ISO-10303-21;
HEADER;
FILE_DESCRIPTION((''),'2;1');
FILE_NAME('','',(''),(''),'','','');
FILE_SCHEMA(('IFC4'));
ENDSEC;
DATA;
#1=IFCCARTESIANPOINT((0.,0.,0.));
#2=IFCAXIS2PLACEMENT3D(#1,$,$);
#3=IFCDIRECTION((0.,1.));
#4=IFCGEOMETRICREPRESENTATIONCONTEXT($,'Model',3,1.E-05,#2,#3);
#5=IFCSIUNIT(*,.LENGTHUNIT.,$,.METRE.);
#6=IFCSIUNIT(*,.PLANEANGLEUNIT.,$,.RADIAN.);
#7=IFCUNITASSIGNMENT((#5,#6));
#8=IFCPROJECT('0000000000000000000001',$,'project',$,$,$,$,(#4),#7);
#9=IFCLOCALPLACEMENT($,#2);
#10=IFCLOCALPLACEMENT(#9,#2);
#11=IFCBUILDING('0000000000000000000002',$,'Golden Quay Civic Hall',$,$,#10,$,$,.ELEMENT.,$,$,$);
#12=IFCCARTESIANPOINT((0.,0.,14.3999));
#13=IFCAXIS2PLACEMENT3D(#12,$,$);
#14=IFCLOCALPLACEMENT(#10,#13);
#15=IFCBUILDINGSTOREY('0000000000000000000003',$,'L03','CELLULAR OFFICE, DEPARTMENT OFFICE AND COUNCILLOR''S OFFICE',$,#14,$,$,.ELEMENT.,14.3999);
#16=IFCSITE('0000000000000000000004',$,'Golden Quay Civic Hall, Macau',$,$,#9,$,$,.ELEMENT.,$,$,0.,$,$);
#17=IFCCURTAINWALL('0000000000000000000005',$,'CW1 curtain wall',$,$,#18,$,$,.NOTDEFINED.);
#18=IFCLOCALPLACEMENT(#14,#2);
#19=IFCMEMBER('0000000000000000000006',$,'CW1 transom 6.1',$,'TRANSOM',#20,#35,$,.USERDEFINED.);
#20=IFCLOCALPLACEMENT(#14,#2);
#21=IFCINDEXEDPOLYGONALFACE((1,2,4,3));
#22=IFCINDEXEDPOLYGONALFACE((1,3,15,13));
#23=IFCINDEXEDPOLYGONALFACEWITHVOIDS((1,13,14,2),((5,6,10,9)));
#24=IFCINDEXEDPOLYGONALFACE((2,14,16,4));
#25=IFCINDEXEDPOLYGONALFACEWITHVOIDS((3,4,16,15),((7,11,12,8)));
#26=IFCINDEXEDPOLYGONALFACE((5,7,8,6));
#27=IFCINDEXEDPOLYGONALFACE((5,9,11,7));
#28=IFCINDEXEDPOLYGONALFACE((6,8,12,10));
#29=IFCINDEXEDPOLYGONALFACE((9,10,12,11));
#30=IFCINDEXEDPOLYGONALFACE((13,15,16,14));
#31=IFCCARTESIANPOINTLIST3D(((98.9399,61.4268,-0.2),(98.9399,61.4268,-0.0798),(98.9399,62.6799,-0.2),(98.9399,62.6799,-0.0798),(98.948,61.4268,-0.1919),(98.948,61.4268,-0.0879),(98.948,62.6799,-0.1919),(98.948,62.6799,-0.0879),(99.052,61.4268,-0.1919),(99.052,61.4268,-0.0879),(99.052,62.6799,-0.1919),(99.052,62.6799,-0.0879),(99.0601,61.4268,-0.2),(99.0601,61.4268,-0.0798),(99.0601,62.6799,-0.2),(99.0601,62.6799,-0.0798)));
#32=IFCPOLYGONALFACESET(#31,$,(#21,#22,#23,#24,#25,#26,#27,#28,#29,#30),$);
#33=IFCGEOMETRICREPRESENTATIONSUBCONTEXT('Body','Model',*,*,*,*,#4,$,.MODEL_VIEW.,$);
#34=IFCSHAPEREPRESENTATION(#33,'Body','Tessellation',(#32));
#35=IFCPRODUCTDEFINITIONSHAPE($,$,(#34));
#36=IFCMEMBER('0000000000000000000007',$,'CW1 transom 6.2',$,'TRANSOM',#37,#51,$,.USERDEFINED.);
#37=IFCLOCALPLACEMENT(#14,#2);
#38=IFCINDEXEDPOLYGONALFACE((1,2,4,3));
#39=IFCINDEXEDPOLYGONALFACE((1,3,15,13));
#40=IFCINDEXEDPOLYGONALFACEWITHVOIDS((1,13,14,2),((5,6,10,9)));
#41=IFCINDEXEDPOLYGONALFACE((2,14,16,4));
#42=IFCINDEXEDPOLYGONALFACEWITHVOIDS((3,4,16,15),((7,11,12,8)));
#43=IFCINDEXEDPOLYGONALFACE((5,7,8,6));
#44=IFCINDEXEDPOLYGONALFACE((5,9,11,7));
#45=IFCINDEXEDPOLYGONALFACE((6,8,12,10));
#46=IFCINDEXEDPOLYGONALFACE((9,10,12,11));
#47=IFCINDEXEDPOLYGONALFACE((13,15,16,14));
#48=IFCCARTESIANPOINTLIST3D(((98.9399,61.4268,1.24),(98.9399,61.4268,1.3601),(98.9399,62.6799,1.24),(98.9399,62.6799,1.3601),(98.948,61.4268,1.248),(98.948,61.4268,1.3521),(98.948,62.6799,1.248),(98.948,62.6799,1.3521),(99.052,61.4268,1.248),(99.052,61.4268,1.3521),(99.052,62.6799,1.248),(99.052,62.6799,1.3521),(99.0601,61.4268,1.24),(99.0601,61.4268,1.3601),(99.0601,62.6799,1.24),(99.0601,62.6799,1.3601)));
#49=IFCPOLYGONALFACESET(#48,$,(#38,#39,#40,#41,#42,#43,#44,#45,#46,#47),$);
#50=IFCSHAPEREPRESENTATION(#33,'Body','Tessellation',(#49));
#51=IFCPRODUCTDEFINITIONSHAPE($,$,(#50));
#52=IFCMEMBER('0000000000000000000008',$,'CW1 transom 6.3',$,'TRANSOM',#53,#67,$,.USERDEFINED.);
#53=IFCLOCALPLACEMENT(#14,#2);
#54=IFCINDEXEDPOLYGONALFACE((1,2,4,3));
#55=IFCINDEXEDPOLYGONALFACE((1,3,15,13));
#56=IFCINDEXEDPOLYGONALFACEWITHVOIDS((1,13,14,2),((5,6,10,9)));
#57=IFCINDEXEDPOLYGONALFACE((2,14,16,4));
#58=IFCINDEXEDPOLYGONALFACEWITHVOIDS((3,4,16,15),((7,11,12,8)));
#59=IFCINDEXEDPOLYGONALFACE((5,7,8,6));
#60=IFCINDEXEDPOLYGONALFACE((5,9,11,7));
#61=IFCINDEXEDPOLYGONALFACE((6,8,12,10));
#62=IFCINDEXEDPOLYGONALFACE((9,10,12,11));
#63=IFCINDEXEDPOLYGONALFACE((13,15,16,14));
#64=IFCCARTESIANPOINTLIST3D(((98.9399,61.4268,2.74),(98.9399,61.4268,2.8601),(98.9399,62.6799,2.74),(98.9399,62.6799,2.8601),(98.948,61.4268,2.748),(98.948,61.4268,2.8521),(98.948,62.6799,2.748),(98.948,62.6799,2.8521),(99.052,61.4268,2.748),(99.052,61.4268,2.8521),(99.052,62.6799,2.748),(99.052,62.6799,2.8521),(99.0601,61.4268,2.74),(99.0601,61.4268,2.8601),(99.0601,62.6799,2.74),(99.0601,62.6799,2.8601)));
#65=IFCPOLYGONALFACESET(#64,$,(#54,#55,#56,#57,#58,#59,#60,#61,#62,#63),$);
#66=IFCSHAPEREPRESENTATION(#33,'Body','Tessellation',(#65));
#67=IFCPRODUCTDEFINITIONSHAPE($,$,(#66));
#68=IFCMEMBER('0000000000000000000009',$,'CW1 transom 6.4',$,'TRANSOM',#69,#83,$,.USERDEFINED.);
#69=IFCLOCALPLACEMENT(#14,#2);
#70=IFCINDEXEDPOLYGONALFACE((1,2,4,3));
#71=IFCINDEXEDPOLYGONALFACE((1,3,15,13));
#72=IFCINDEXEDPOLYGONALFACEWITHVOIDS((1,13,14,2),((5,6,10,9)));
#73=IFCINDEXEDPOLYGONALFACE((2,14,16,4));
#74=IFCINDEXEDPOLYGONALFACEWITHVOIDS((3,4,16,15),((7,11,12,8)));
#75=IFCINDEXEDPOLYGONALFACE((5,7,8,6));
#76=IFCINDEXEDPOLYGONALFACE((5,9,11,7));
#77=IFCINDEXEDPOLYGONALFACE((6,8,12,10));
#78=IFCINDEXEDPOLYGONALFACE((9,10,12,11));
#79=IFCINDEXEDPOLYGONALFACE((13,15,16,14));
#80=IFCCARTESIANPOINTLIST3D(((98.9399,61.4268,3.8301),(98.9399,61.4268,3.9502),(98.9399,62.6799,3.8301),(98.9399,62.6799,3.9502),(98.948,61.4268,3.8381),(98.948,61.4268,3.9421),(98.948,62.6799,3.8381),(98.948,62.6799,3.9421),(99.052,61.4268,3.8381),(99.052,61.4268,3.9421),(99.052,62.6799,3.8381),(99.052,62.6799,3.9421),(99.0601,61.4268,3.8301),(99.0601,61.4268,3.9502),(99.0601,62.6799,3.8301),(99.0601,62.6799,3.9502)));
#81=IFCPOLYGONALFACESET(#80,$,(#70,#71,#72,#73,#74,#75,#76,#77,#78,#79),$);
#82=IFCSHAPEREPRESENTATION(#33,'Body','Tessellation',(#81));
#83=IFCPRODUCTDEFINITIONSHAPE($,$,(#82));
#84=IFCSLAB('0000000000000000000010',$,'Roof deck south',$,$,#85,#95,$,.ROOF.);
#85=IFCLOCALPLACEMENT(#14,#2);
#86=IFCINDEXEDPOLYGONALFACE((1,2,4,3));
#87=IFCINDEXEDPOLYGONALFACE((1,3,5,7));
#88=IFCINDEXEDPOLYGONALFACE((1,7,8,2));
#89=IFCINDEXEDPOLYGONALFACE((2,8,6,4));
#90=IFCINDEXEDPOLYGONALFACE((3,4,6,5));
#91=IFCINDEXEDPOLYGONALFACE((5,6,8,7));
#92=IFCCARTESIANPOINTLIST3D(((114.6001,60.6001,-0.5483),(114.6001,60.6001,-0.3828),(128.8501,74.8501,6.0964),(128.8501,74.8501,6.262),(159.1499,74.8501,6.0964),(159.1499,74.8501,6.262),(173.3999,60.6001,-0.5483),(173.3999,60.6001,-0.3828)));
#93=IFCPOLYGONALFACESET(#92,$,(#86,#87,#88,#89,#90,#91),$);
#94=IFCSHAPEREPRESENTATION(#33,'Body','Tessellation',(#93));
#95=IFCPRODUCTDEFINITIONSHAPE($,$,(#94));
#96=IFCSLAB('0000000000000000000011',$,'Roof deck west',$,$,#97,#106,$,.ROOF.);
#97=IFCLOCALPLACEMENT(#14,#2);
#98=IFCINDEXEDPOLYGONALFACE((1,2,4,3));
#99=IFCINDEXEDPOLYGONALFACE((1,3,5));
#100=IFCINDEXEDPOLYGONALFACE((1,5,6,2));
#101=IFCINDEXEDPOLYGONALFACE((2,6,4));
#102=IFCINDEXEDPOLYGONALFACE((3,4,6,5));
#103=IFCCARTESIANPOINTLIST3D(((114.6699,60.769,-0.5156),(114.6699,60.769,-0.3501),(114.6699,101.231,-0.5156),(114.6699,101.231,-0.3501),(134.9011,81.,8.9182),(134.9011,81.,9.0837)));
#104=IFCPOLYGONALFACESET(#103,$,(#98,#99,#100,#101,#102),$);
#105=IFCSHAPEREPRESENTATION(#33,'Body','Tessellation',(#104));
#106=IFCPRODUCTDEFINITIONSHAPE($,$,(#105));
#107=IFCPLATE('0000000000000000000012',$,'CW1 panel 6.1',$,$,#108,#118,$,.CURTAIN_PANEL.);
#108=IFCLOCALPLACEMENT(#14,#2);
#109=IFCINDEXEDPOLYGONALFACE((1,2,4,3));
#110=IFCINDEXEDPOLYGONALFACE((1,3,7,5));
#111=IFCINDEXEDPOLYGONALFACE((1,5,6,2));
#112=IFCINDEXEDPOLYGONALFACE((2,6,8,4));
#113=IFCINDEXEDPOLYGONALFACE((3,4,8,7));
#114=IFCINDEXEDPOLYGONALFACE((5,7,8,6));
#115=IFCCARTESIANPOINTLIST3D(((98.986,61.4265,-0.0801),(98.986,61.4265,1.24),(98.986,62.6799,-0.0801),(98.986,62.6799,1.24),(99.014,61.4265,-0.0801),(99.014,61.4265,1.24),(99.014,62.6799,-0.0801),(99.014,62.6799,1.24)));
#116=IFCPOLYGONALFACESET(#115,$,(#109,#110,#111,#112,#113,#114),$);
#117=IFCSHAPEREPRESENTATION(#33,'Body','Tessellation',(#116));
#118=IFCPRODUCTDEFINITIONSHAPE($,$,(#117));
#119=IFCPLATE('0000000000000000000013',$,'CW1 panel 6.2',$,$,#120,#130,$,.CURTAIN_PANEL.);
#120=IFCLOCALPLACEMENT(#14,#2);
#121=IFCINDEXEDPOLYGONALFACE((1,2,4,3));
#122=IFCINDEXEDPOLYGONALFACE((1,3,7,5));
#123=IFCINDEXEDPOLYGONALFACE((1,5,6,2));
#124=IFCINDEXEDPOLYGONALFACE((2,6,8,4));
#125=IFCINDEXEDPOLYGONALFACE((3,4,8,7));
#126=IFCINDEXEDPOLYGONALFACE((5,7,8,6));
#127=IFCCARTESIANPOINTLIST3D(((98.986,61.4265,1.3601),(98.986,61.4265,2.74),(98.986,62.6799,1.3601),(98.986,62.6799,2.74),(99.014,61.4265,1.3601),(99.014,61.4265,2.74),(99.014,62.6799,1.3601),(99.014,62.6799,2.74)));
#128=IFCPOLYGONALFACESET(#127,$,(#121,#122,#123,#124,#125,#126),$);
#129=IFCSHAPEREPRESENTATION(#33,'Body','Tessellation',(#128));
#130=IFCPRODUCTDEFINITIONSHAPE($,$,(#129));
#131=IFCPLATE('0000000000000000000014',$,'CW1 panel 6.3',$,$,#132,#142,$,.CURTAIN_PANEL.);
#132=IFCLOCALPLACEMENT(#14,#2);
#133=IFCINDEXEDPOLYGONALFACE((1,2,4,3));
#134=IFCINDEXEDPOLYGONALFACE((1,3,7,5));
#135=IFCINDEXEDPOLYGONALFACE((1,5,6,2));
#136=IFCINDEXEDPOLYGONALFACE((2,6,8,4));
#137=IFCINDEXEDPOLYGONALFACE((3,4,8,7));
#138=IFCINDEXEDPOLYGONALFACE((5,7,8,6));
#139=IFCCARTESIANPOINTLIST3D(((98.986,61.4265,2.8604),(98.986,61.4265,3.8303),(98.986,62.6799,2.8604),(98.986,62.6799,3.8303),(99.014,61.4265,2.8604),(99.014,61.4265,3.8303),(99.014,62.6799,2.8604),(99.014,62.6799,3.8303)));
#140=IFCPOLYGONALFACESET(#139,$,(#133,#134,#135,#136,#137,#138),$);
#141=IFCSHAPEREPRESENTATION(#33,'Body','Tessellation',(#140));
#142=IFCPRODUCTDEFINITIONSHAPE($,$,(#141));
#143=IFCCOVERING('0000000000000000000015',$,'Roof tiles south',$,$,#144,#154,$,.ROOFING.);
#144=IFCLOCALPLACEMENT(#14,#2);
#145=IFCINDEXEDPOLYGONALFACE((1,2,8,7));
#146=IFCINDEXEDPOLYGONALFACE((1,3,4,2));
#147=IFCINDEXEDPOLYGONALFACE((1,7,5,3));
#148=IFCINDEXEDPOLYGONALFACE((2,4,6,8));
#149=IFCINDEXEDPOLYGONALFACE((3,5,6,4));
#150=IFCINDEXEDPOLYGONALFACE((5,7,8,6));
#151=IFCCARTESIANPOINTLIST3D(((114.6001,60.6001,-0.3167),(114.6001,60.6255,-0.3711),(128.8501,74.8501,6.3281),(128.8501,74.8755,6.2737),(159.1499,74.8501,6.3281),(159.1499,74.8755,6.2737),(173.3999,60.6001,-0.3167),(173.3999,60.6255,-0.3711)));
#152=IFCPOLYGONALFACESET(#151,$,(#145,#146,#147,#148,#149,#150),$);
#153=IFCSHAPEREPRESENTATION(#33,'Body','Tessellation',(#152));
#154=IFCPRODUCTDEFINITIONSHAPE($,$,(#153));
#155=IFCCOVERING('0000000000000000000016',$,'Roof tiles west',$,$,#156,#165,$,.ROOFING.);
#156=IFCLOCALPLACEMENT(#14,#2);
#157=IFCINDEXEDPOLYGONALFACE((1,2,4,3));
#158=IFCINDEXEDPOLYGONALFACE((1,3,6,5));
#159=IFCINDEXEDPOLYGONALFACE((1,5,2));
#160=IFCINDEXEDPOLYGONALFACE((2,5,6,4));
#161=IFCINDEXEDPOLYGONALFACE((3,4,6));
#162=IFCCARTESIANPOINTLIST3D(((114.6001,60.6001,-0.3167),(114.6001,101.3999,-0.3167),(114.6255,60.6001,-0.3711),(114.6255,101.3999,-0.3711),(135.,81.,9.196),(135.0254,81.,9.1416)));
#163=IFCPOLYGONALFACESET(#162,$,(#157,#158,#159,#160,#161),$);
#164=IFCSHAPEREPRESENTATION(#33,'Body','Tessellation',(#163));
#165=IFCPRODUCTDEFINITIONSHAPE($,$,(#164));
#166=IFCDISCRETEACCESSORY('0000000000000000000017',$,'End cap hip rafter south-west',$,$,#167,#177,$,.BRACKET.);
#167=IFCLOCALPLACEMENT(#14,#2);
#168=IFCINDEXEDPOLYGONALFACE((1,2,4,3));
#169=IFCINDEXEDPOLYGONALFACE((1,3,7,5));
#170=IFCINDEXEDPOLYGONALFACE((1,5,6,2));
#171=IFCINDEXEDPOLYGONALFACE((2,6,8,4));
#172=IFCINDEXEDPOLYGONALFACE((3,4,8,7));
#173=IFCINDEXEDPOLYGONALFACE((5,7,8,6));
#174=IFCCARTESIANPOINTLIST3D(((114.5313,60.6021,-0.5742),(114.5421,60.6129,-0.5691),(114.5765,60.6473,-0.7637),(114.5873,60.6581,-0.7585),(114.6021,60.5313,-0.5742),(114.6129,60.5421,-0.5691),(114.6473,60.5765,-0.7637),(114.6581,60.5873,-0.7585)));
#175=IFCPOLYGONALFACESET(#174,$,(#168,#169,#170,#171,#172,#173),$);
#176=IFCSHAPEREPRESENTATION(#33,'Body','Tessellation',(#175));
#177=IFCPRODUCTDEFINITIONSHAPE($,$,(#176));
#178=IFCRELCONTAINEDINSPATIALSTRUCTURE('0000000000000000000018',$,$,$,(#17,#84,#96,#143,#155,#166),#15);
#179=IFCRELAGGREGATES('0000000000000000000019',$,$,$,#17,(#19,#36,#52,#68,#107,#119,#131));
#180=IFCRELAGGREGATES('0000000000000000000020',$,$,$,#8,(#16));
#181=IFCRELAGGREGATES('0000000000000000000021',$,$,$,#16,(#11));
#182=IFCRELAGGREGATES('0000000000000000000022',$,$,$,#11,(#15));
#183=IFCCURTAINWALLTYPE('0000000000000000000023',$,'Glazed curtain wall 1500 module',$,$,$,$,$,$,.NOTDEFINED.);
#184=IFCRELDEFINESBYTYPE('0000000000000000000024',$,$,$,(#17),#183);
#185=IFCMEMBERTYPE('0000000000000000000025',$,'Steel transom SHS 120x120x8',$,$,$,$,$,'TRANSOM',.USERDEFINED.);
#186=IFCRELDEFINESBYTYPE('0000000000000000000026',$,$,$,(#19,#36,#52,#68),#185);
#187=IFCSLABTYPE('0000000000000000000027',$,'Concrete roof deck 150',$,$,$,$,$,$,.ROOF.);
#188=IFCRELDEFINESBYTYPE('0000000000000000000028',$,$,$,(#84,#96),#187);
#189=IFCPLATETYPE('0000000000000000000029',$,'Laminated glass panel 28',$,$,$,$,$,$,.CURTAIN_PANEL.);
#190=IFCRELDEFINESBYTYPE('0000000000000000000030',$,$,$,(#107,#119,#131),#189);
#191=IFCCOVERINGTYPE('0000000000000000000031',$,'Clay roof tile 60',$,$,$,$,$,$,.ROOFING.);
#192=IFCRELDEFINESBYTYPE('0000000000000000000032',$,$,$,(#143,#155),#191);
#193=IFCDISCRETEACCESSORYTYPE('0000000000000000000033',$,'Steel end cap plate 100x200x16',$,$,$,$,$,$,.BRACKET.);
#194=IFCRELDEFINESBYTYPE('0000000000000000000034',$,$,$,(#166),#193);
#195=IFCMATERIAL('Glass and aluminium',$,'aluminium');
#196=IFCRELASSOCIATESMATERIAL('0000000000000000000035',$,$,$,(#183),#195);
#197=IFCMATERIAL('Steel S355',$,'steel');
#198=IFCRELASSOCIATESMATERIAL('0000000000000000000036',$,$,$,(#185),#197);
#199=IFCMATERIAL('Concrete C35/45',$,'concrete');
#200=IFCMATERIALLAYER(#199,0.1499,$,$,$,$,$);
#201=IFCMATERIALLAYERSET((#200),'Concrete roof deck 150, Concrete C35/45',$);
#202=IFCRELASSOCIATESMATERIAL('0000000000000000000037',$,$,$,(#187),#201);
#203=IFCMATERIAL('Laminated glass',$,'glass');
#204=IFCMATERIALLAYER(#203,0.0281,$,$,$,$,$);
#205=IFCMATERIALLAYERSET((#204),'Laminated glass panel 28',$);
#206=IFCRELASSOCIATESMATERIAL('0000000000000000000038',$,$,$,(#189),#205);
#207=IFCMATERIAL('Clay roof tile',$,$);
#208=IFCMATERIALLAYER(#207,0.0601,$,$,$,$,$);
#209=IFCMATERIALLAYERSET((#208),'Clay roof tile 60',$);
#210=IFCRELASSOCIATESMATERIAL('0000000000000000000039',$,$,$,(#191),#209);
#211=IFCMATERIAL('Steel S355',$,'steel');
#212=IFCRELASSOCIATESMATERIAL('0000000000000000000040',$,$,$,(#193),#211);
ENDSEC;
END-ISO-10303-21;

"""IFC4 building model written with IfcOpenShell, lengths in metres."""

from ifc_helpers import new_model, si_unit, direction, frame, origin, origin_2d, place, context, subcontext, project, spatial, polyline, rectangle, hollow_rectangle, outline, extrude, material, layer, layer_set, material_profile, profile_set, type_object, element, aggregate, save


model = new_model("IFC4")

# Units and contexts
model_context = context("Model", 3, precision=1e-05, world=origin(), true_north=direction((0.0, 1.0)))
body_context = subcontext(model_context, "Body", "Model", "MODEL_VIEW")
ifc_project = project(units=[si_unit("LENGTHUNIT", "METRE"), si_unit("PLANEANGLEUNIT", "RADIAN")], contexts=[model_context])

# Site, building, storey
site_placement = place(None, origin())
site = spatial("IfcSite", under=ifc_project, at=site_placement, Name="Golden Quay Civic Hall, Macau", CompositionType="ELEMENT", RefElevation=0.0)
building_placement = place(site_placement, origin())
building = spatial("IfcBuilding", under=site, at=building_placement, Name="Golden Quay Civic Hall", CompositionType="ELEMENT")
storey_placement = place(building_placement, frame((0.0, 0.0, 14.3999)))
storey = spatial("IfcBuildingStorey", under=building, at=storey_placement, Name="L03", Description="CELLULAR OFFICE, DEPARTMENT OFFICE AND COUNCILLOR'S OFFICE", CompositionType="ELEMENT", Elevation=14.3999)

# Curtain wall, members
ifc_material_1 = material(Name="Glass and aluminium", Category="aluminium")
curtain_wall_type = type_object("IfcCurtainWallType", Name="Glazed curtain wall 1500 module", PredefinedType="NOTDEFINED", material=ifc_material_1)
curtain_wall_placement = place(storey_placement, origin())
curtain_wall = element("IfcCurtainWall", 1, at=curtain_wall_placement, inside=storey, type_object=curtain_wall_type, Name="CW1 curtain wall", PredefinedType="NOTDEFINED")
ifc_material_2 = material(Name="Steel S355", Category="steel")
ifc_material_profile_1 = material_profile(ifc_material_2, hollow_rectangle(XDim=0.1201, YDim=0.1201, WallThickness=0.0081, at=origin_2d()), Name="SHS 120x120x8")
ifc_profile_set_1 = profile_set([ifc_material_profile_1], Name="Steel S355")
member_type_1 = type_object("IfcMemberType", Name="Steel transom SHS 120x120x8", ElementType="TRANSOM", PredefinedType="USERDEFINED", material=ifc_profile_set_1)
member_1_placement = place(storey_placement, frame((99.0, 61.4268, -0.1399), z_axis=(0.0, 1.0, 0.0), x_axis=(-1.0, 0.0, 0.0)))
member_1 = element("IfcMember", 2, at=member_1_placement, type_object=member_type_1, Name="CW1 transom 6.1", ObjectType="TRANSOM", PredefinedType="USERDEFINED", context=body_context, shape_type="SweptSolid", body=[
    extrude(hollow_rectangle(XDim=0.1201, YDim=0.1201, WallThickness=0.0081, at=origin_2d()), origin(), (0.0, 0.0, 1.0), 1.2532),
])
member_2_placement = place(storey_placement, frame((99.0, 61.4268, 1.3), z_axis=(0.0, 1.0, 0.0), x_axis=(-1.0, 0.0, 0.0)))
member_2 = element("IfcMember", 3, at=member_2_placement, type_object=member_type_1, Name="CW1 transom 6.2", ObjectType="TRANSOM", PredefinedType="USERDEFINED", context=body_context, shape_type="SweptSolid", body=[
    extrude(hollow_rectangle(XDim=0.1201, YDim=0.1201, WallThickness=0.0081, at=origin_2d()), origin(), (0.0, 0.0, 1.0), 1.2532),
])
member_3_placement = place(storey_placement, frame((99.0, 61.4268, 2.8), z_axis=(0.0, 1.0, 0.0), x_axis=(-1.0, 0.0, 0.0)))
member_3 = element("IfcMember", 4, at=member_3_placement, type_object=member_type_1, Name="CW1 transom 6.3", ObjectType="TRANSOM", PredefinedType="USERDEFINED", context=body_context, shape_type="SweptSolid", body=[
    extrude(hollow_rectangle(XDim=0.1201, YDim=0.1201, WallThickness=0.0081, at=origin_2d()), origin(), (0.0, 0.0, 1.0), 1.2532),
])
member_4_placement = place(storey_placement, frame((99.0, 61.4268, 3.8901), z_axis=(0.0, 1.0, 0.0), x_axis=(-1.0, 0.0, 0.0)))
member_4 = element("IfcMember", 5, at=member_4_placement, type_object=member_type_1, Name="CW1 transom 6.4", ObjectType="TRANSOM", PredefinedType="USERDEFINED", context=body_context, shape_type="SweptSolid", body=[
    extrude(hollow_rectangle(XDim=0.1201, YDim=0.1201, WallThickness=0.0081, at=origin_2d()), origin(), (0.0, 0.0, 1.0), 1.2532),
])

# Slabs
ifc_material_3 = material(Name="Concrete C35/45", Category="concrete")
ifc_layer_1 = layer(ifc_material_3, 0.1499)
ifc_layer_set_1 = layer_set([ifc_layer_1], Name="Concrete roof deck 150, Concrete C35/45")
slab_type = type_object("IfcSlabType", Name="Concrete roof deck 150", PredefinedType="ROOF", material=ifc_layer_set_1)
slab_1_placement = place(storey_placement, frame((114.6001, 60.6001, -0.3828), z_axis=(0.0, -0.422613, 0.90631), x_axis=(1.0, 0.0, 0.0)))
element("IfcSlab", 6, at=slab_1_placement, inside=storey, type_object=slab_type, Name="Roof deck south", PredefinedType="ROOF", context=body_context, shape_type="SweptSolid", body=[
    extrude(outline(polyline([(0.0, 0.0), (58.7998, 0.0), (44.5498, 15.7231), (14.25, 15.7231), (0.0, 0.0)])), origin(), (0.0, -0.422613, -0.90631), 0.1655),
])
slab_2_placement = place(storey_placement, frame((114.6699, 60.769, -0.3501), z_axis=(-0.422614, 0.0, 0.90631), x_axis=(0.0, 1.0, 0.0)))
element("IfcSlab", 7, at=slab_2_placement, inside=storey, type_object=slab_type, Name="Roof deck west", PredefinedType="ROOF", context=body_context, shape_type="SweptSolid", body=[
    extrude(outline(polyline([(0.0, 0.0), (40.4619, 0.0), (20.231, -22.3226), (0.0, 0.0)])), origin(), (0.0, 0.422614, -0.90631), 0.1655),
])

# Plates
ifc_material_4 = material(Name="Laminated glass", Category="glass")
ifc_layer_2 = layer(ifc_material_4, 0.0281)
ifc_layer_set_2 = layer_set([ifc_layer_2], Name="Laminated glass panel 28")
plate_type = type_object("IfcPlateType", Name="Laminated glass panel 28", PredefinedType="CURTAIN_PANEL", material=ifc_layer_set_2)
plate_1_placement = place(storey_placement, frame((99.0, 62.0532, -0.0801), z_axis=(0.0, 0.0, 1.0), x_axis=(0.0, 1.0, 0.0)))
plate_1 = element("IfcPlate", 8, at=plate_1_placement, type_object=plate_type, Name="CW1 panel 6.1", PredefinedType="CURTAIN_PANEL", context=body_context, shape_type="SweptSolid", body=[
    extrude(rectangle(XDim=1.2534, YDim=0.0281, at=origin_2d()), origin(), (0.0, 0.0, 1.0), 1.3201),
])
plate_2_placement = place(storey_placement, frame((99.0, 62.0532, 1.3601), z_axis=(0.0, 0.0, 1.0), x_axis=(0.0, 1.0, 0.0)))
plate_2 = element("IfcPlate", 9, at=plate_2_placement, type_object=plate_type, Name="CW1 panel 6.2", PredefinedType="CURTAIN_PANEL", context=body_context, shape_type="SweptSolid", body=[
    extrude(rectangle(XDim=1.2534, YDim=0.0281, at=origin_2d()), origin(), (0.0, 0.0, 1.0), 1.3799),
])
plate_3_placement = place(storey_placement, frame((99.0, 62.0532, 2.8604), z_axis=(0.0, 0.0, 1.0), x_axis=(0.0, 1.0, 0.0)))
plate_3 = element("IfcPlate", 10, at=plate_3_placement, type_object=plate_type, Name="CW1 panel 6.3", PredefinedType="CURTAIN_PANEL", context=body_context, shape_type="SweptSolid", body=[
    extrude(rectangle(XDim=1.2534, YDim=0.0281, at=origin_2d()), origin(), (0.0, 0.0, 1.0), 0.97),
])
aggregate(curtain_wall, [member_1, member_2, member_3, member_4, plate_1, plate_2, plate_3])

# Coverings
ifc_material_5 = material(Name="Clay roof tile")
ifc_layer_3 = layer(ifc_material_5, 0.0601)
ifc_layer_set_3 = layer_set([ifc_layer_3], Name="Clay roof tile 60")
covering_type_1 = type_object("IfcCoveringType", Name="Clay roof tile 60", PredefinedType="ROOFING", material=ifc_layer_set_3)
covering_1_placement = place(storey_placement, frame((114.6001, 60.6001, -0.3167), z_axis=(0.0, -0.422613, 0.90631), x_axis=(1.0, 0.0, 0.0)))
element("IfcCovering", 11, at=covering_1_placement, inside=storey, type_object=covering_type_1, Name="Roof tiles south", PredefinedType="ROOFING", context=body_context, shape_type="SweptSolid", body=[
    extrude(outline(polyline([(0.0, 0.0), (58.7998, 0.0), (44.5498, 15.7231), (14.25, 15.7231), (0.0, 0.0)])), origin(), (0.0, 0.0, -1.0), 0.0601),
])
covering_2_placement = place(storey_placement, frame((114.6001, 60.6001, -0.3167), z_axis=(-0.422621, 0.0, 0.906307), x_axis=(0.0, 1.0, 0.0)))
element("IfcCovering", 12, at=covering_2_placement, inside=storey, type_object=covering_type_1, Name="Roof tiles west", PredefinedType="ROOFING", context=body_context, shape_type="SweptSolid", body=[
    extrude(outline(polyline([(0.0, 0.0), (40.7998, 0.0), (20.3999, -22.5088), (0.0, 0.0)])), origin(), (0.0, 0.0, -1.0), 0.0601),
])

# Discrete accessory
ifc_material_6 = material(Name="Steel S355", Category="steel")
ifc_material_profile_2 = material_profile(ifc_material_6, rectangle(XDim=0.1001, YDim=0.2, at=origin_2d()), Name="Steel end cap plate 100x200x16")
ifc_profile_set_2 = profile_set([ifc_material_profile_2], Name="Steel S355")
discrete_accessory_type = type_object("IfcDiscreteAccessoryType", Name="Steel end cap plate 100x200x16", PredefinedType="BRACKET", material=ifc_profile_set_2)
discrete_accessory_placement = place(storey_placement, frame((114.6001, 60.6001, -0.6638), z_axis=(-0.669982, -0.669982, -0.319764), x_axis=(0.707107, -0.707107, 0.0)))
element("IfcDiscreteAccessory", 13, at=discrete_accessory_placement, inside=storey, type_object=discrete_accessory_type, Name="End cap hip rafter south-west", PredefinedType="BRACKET", context=body_context, shape_type="SweptSolid", body=[
    extrude(rectangle(XDim=0.1001, YDim=0.2, at=origin_2d()), origin(), (0.0, 0.0, 1.0), 0.0161),
])

save(model, "model.ifc")
